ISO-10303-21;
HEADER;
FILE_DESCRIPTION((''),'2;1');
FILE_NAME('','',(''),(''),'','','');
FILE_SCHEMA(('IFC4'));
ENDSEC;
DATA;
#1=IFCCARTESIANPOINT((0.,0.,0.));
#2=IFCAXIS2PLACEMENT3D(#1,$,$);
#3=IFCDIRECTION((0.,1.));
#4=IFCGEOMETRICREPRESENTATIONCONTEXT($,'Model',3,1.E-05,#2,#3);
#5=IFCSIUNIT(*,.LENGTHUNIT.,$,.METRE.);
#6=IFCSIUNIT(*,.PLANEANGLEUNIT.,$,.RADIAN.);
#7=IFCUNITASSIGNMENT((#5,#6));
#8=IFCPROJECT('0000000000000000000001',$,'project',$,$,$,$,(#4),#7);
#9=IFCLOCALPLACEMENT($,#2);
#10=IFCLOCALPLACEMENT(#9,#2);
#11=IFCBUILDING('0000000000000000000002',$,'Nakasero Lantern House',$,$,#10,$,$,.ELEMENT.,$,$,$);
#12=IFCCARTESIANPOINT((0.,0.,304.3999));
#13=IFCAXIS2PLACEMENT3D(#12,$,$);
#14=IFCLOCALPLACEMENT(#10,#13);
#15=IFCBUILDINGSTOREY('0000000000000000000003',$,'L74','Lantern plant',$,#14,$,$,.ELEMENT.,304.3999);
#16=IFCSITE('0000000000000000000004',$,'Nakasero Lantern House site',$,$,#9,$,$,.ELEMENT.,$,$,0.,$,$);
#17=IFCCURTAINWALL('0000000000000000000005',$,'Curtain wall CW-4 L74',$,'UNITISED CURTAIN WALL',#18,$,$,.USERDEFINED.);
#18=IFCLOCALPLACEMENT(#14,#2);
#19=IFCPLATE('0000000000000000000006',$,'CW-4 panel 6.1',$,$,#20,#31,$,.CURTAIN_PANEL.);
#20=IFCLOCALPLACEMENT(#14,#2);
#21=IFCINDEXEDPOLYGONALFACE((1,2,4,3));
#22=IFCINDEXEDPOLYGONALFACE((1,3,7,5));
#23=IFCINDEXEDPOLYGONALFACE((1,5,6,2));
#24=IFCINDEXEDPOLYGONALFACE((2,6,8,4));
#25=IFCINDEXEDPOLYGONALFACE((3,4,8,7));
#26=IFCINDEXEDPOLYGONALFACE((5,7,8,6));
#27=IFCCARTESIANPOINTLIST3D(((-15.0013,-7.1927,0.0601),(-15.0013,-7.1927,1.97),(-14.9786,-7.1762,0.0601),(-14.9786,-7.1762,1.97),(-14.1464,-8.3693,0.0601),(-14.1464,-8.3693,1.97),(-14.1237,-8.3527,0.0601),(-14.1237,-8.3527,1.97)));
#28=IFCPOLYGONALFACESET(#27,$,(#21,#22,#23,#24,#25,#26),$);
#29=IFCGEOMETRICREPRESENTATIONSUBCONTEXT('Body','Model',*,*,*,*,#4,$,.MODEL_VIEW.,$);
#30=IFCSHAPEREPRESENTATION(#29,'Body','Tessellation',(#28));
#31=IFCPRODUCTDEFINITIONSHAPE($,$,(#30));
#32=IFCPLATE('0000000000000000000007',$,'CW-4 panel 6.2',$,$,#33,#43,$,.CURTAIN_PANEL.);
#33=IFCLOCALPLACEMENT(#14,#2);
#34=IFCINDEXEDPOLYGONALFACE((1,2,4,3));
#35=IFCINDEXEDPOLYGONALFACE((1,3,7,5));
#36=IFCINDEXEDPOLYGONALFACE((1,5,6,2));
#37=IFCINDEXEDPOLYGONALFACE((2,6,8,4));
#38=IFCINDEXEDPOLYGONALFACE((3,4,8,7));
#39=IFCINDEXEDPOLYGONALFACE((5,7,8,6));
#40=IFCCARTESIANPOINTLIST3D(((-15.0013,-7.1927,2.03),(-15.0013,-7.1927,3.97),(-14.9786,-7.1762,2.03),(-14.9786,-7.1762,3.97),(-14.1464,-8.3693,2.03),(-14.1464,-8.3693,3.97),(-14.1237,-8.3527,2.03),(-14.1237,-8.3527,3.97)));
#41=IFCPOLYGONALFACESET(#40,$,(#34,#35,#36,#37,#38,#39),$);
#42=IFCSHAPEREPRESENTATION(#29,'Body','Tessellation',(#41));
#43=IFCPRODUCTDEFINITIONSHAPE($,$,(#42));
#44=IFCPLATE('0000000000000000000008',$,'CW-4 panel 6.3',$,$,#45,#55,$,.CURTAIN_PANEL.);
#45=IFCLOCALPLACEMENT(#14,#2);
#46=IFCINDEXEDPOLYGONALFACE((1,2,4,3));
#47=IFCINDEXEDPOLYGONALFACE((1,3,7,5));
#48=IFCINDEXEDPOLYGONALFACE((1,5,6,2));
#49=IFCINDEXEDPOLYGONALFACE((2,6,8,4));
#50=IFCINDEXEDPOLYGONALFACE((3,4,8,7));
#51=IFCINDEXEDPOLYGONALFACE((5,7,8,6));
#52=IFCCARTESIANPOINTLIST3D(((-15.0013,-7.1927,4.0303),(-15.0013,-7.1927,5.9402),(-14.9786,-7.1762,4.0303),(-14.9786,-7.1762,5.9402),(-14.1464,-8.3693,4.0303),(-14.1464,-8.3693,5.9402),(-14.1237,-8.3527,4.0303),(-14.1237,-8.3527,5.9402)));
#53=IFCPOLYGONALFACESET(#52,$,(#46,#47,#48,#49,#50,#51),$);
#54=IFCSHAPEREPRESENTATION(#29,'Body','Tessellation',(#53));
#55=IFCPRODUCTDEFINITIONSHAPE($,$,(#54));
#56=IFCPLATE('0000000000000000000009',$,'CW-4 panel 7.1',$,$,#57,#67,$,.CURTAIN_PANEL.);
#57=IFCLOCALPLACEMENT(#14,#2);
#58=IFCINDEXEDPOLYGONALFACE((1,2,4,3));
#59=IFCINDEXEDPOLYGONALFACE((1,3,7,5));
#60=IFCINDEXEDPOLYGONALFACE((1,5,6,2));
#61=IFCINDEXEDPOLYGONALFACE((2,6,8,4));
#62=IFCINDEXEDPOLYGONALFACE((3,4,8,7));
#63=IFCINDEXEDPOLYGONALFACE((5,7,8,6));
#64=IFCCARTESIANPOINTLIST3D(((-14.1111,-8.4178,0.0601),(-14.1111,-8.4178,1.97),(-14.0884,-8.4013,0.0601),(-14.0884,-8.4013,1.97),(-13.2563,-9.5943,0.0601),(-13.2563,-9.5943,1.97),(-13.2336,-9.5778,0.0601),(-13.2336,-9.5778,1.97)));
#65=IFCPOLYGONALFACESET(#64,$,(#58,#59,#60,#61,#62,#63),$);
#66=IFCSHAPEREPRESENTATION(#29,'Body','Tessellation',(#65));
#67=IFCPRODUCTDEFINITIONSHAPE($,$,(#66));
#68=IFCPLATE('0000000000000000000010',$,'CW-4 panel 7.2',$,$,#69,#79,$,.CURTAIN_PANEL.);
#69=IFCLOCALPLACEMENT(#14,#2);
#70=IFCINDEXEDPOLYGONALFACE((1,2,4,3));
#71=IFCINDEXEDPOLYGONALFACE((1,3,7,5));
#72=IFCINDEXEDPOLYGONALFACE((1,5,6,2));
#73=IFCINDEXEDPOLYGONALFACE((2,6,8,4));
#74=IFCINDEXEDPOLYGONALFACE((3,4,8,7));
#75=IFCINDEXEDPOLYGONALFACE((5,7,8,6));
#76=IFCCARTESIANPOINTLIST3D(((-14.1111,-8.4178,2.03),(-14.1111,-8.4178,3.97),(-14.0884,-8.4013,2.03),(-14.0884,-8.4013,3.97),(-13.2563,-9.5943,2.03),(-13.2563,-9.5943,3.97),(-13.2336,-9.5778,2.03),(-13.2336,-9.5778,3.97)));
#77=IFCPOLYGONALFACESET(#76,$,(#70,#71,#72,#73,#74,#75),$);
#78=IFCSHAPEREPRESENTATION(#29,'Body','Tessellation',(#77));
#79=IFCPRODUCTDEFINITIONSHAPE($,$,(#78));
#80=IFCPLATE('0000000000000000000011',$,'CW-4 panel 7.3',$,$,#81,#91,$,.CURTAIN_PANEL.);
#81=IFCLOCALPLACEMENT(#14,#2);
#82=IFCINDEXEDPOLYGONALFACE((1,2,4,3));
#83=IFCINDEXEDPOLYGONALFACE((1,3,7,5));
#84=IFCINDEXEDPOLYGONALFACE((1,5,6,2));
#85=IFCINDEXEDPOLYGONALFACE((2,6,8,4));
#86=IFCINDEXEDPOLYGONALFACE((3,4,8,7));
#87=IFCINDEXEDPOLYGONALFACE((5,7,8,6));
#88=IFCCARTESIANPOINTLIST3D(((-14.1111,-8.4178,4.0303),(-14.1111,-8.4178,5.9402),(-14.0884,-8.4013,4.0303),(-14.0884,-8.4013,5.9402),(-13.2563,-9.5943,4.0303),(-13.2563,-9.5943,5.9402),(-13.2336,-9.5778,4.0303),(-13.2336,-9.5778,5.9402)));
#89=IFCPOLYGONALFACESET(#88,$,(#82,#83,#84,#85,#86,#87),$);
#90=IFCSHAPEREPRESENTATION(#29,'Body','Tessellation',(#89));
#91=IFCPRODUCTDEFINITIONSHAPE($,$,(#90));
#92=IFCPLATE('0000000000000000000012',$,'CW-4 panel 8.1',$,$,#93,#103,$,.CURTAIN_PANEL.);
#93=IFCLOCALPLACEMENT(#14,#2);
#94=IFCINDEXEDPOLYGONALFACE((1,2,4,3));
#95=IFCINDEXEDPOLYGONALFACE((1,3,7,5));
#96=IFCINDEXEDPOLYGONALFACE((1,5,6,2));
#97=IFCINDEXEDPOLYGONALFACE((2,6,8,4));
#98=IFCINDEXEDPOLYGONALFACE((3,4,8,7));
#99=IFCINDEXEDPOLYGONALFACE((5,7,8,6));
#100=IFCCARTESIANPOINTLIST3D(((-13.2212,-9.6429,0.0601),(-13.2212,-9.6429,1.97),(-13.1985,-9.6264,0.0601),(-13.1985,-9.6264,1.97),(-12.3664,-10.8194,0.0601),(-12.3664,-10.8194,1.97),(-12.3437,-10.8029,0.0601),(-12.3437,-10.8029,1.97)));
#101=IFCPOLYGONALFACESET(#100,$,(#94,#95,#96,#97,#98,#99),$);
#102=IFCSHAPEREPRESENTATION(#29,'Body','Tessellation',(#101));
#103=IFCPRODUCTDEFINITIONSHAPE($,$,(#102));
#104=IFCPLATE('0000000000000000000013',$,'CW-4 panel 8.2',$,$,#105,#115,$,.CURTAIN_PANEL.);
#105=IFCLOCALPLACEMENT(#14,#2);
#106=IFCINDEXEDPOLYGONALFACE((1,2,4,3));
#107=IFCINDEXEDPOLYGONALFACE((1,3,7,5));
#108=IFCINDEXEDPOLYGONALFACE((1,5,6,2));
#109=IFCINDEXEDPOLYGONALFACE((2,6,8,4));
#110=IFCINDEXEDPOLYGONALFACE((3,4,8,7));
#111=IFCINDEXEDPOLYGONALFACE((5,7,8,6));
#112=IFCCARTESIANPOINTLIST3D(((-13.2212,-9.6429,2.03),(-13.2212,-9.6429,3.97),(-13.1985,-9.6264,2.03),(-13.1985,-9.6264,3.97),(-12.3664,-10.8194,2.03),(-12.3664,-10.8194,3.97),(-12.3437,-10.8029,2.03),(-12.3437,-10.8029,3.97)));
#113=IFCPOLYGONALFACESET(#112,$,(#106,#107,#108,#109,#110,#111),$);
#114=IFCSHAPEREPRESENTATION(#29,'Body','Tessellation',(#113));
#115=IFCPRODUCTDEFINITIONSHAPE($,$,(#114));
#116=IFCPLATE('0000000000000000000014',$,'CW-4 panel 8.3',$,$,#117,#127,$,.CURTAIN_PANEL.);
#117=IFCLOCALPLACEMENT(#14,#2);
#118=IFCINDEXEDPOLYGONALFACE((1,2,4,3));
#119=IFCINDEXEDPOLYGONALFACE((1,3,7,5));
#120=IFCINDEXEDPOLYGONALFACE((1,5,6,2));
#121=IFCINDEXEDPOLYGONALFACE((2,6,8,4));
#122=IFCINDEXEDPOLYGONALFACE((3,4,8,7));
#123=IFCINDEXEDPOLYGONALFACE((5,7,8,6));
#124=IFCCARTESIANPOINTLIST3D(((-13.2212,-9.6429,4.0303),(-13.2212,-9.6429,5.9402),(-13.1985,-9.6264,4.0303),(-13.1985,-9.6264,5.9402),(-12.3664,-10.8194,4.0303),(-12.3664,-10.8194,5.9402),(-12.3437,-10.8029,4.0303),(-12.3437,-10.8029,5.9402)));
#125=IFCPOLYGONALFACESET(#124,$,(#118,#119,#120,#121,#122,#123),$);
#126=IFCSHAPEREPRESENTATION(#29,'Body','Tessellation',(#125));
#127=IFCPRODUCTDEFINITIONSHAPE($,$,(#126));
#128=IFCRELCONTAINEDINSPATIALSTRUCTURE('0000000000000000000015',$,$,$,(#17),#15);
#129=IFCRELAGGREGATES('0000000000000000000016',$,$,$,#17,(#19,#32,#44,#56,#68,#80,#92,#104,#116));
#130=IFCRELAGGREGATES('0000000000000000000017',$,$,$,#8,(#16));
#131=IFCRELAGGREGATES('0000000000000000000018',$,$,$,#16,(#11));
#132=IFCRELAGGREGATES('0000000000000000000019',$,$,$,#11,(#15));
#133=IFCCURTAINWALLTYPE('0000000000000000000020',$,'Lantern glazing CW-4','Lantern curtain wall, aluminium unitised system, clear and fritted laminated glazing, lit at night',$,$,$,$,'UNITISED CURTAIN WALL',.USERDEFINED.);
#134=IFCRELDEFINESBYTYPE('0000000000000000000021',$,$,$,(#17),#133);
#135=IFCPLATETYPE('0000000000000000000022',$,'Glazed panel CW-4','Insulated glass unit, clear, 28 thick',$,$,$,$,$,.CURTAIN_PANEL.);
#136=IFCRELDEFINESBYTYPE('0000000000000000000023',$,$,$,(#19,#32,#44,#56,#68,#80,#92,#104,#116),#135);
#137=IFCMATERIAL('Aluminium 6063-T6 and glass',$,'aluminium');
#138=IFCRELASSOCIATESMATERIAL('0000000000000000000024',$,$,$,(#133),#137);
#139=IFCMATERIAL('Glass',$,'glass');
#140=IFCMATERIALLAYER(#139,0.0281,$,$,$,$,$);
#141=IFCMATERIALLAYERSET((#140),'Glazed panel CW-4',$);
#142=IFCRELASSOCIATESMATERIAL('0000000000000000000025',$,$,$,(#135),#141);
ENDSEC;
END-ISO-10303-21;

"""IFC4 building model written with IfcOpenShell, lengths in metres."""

from ifc_helpers import new_model, si_unit, direction, frame, origin, origin_2d, place, context, subcontext, project, spatial, rectangle, extrude, material, layer, layer_set, type_object, element, aggregate, save


model = new_model("IFC4")

# Units and contexts
model_context = context("Model", 3, precision=1e-05, world=origin(), true_north=direction((0.0, 1.0)))
body_context = subcontext(model_context, "Body", "Model", "MODEL_VIEW")
ifc_project = project(units=[si_unit("LENGTHUNIT", "METRE"), si_unit("PLANEANGLEUNIT", "RADIAN")], contexts=[model_context])

# Site, building, storey
site_placement = place(None, origin())
site = spatial("IfcSite", under=ifc_project, at=site_placement, Name="Nakasero Lantern House site", CompositionType="ELEMENT", RefElevation=0.0)
building_placement = place(site_placement, origin())
building = spatial("IfcBuilding", under=site, at=building_placement, Name="Nakasero Lantern House", CompositionType="ELEMENT")
storey_placement = place(building_placement, frame((0.0, 0.0, 304.3999)))
storey = spatial("IfcBuildingStorey", under=building, at=storey_placement, Name="L74", Description="Lantern plant", CompositionType="ELEMENT", Elevation=304.3999)

# Curtain wall
ifc_material_1 = material(Name="Aluminium 6063-T6 and glass", Category="aluminium")
curtain_wall_type = type_object("IfcCurtainWallType", Name="Lantern glazing CW-4", Description="Lantern curtain wall, aluminium unitised system, clear and fritted laminated glazing, lit at night", ElementType="UNITISED CURTAIN WALL", PredefinedType="USERDEFINED", material=ifc_material_1)
curtain_wall_placement = place(storey_placement, origin())
curtain_wall = element("IfcCurtainWall", 1, at=curtain_wall_placement, inside=storey, type_object=curtain_wall_type, Name="Curtain wall CW-4 L74", ObjectType="UNITISED CURTAIN WALL", PredefinedType="USERDEFINED")

# Plates
ifc_material_2 = material(Name="Glass", Category="glass")
ifc_layer = layer(ifc_material_2, 0.0281)
ifc_layer_set = layer_set([ifc_layer], Name="Glazed panel CW-4")
plate_type = type_object("IfcPlateType", Name="Glazed panel CW-4", Description="Insulated glass unit, clear, 28 thick", PredefinedType="CURTAIN_PANEL", material=ifc_layer_set)
plate_1_placement = place(storey_placement, frame((-14.5625, -7.7727, 0.0601), z_axis=(0.0, 0.0, 1.0), x_axis=(0.587785, -0.809017, 0.0)))
plate_1 = element("IfcPlate", 2, at=plate_1_placement, type_object=plate_type, Name="CW-4 panel 6.1", PredefinedType="CURTAIN_PANEL", context=body_context, shape_type="SweptSolid", body=[
    extrude(rectangle(XDim=1.4543, YDim=0.0281, at=origin_2d()), origin(), (0.0, 0.0, 1.0), 1.9099),
])
plate_2_placement = place(storey_placement, frame((-14.5625, -7.7727, 2.03), z_axis=(0.0, 0.0, 1.0), x_axis=(0.587785, -0.809017, 0.0)))
plate_2 = element("IfcPlate", 3, at=plate_2_placement, type_object=plate_type, Name="CW-4 panel 6.2", PredefinedType="CURTAIN_PANEL", context=body_context, shape_type="SweptSolid", body=[
    extrude(rectangle(XDim=1.4543, YDim=0.0281, at=origin_2d()), origin(), (0.0, 0.0, 1.0), 1.9399),
])
plate_3_placement = place(storey_placement, frame((-14.5625, -7.7727, 4.0303), z_axis=(0.0, 0.0, 1.0), x_axis=(0.587785, -0.809017, 0.0)))
plate_3 = element("IfcPlate", 4, at=plate_3_placement, type_object=plate_type, Name="CW-4 panel 6.3", PredefinedType="CURTAIN_PANEL", context=body_context, shape_type="SweptSolid", body=[
    extrude(rectangle(XDim=1.4543, YDim=0.0281, at=origin_2d()), origin(), (0.0, 0.0, 1.0), 1.9099),
])
plate_4_placement = place(storey_placement, frame((-13.6724, -8.9978, 0.0601), z_axis=(0.0, 0.0, 1.0), x_axis=(0.587785, -0.809017, 0.0)))
plate_4 = element("IfcPlate", 5, at=plate_4_placement, type_object=plate_type, Name="CW-4 panel 7.1", PredefinedType="CURTAIN_PANEL", context=body_context, shape_type="SweptSolid", body=[
    extrude(rectangle(XDim=1.4543, YDim=0.0281, at=origin_2d()), origin(), (0.0, 0.0, 1.0), 1.9099),
])
plate_5_placement = place(storey_placement, frame((-13.6724, -8.9978, 2.03), z_axis=(0.0, 0.0, 1.0), x_axis=(0.587785, -0.809017, 0.0)))
plate_5 = element("IfcPlate", 6, at=plate_5_placement, type_object=plate_type, Name="CW-4 panel 7.2", PredefinedType="CURTAIN_PANEL", context=body_context, shape_type="SweptSolid", body=[
    extrude(rectangle(XDim=1.4543, YDim=0.0281, at=origin_2d()), origin(), (0.0, 0.0, 1.0), 1.9399),
])
plate_6_placement = place(storey_placement, frame((-13.6724, -8.9978, 4.0303), z_axis=(0.0, 0.0, 1.0), x_axis=(0.587785, -0.809017, 0.0)))
plate_6 = element("IfcPlate", 7, at=plate_6_placement, type_object=plate_type, Name="CW-4 panel 7.3", PredefinedType="CURTAIN_PANEL", context=body_context, shape_type="SweptSolid", body=[
    extrude(rectangle(XDim=1.4543, YDim=0.0281, at=origin_2d()), origin(), (0.0, 0.0, 1.0), 1.9099),
])
plate_7_placement = place(storey_placement, frame((-12.7825, -10.2229, 0.0601), z_axis=(0.0, 0.0, 1.0), x_axis=(0.587785, -0.809017, 0.0)))
plate_7 = element("IfcPlate", 8, at=plate_7_placement, type_object=plate_type, Name="CW-4 panel 8.1", PredefinedType="CURTAIN_PANEL", context=body_context, shape_type="SweptSolid", body=[
    extrude(rectangle(XDim=1.4543, YDim=0.0281, at=origin_2d()), origin(), (0.0, 0.0, 1.0), 1.9099),
])
plate_8_placement = place(storey_placement, frame((-12.7825, -10.2229, 2.03), z_axis=(0.0, 0.0, 1.0), x_axis=(0.587785, -0.809017, 0.0)))
plate_8 = element("IfcPlate", 9, at=plate_8_placement, type_object=plate_type, Name="CW-4 panel 8.2", PredefinedType="CURTAIN_PANEL", context=body_context, shape_type="SweptSolid", body=[
    extrude(rectangle(XDim=1.4543, YDim=0.0281, at=origin_2d()), origin(), (0.0, 0.0, 1.0), 1.9399),
])
plate_9_placement = place(storey_placement, frame((-12.7825, -10.2229, 4.0303), z_axis=(0.0, 0.0, 1.0), x_axis=(0.587785, -0.809017, 0.0)))
plate_9 = element("IfcPlate", 10, at=plate_9_placement, type_object=plate_type, Name="CW-4 panel 8.3", PredefinedType="CURTAIN_PANEL", context=body_context, shape_type="SweptSolid", body=[
    extrude(rectangle(XDim=1.4543, YDim=0.0281, at=origin_2d()), origin(), (0.0, 0.0, 1.0), 1.9099),
])
aggregate(curtain_wall, [plate_1, plate_2, plate_3, plate_4, plate_5, plate_6, plate_7, plate_8, plate_9])

save(model, "model.ifc")
